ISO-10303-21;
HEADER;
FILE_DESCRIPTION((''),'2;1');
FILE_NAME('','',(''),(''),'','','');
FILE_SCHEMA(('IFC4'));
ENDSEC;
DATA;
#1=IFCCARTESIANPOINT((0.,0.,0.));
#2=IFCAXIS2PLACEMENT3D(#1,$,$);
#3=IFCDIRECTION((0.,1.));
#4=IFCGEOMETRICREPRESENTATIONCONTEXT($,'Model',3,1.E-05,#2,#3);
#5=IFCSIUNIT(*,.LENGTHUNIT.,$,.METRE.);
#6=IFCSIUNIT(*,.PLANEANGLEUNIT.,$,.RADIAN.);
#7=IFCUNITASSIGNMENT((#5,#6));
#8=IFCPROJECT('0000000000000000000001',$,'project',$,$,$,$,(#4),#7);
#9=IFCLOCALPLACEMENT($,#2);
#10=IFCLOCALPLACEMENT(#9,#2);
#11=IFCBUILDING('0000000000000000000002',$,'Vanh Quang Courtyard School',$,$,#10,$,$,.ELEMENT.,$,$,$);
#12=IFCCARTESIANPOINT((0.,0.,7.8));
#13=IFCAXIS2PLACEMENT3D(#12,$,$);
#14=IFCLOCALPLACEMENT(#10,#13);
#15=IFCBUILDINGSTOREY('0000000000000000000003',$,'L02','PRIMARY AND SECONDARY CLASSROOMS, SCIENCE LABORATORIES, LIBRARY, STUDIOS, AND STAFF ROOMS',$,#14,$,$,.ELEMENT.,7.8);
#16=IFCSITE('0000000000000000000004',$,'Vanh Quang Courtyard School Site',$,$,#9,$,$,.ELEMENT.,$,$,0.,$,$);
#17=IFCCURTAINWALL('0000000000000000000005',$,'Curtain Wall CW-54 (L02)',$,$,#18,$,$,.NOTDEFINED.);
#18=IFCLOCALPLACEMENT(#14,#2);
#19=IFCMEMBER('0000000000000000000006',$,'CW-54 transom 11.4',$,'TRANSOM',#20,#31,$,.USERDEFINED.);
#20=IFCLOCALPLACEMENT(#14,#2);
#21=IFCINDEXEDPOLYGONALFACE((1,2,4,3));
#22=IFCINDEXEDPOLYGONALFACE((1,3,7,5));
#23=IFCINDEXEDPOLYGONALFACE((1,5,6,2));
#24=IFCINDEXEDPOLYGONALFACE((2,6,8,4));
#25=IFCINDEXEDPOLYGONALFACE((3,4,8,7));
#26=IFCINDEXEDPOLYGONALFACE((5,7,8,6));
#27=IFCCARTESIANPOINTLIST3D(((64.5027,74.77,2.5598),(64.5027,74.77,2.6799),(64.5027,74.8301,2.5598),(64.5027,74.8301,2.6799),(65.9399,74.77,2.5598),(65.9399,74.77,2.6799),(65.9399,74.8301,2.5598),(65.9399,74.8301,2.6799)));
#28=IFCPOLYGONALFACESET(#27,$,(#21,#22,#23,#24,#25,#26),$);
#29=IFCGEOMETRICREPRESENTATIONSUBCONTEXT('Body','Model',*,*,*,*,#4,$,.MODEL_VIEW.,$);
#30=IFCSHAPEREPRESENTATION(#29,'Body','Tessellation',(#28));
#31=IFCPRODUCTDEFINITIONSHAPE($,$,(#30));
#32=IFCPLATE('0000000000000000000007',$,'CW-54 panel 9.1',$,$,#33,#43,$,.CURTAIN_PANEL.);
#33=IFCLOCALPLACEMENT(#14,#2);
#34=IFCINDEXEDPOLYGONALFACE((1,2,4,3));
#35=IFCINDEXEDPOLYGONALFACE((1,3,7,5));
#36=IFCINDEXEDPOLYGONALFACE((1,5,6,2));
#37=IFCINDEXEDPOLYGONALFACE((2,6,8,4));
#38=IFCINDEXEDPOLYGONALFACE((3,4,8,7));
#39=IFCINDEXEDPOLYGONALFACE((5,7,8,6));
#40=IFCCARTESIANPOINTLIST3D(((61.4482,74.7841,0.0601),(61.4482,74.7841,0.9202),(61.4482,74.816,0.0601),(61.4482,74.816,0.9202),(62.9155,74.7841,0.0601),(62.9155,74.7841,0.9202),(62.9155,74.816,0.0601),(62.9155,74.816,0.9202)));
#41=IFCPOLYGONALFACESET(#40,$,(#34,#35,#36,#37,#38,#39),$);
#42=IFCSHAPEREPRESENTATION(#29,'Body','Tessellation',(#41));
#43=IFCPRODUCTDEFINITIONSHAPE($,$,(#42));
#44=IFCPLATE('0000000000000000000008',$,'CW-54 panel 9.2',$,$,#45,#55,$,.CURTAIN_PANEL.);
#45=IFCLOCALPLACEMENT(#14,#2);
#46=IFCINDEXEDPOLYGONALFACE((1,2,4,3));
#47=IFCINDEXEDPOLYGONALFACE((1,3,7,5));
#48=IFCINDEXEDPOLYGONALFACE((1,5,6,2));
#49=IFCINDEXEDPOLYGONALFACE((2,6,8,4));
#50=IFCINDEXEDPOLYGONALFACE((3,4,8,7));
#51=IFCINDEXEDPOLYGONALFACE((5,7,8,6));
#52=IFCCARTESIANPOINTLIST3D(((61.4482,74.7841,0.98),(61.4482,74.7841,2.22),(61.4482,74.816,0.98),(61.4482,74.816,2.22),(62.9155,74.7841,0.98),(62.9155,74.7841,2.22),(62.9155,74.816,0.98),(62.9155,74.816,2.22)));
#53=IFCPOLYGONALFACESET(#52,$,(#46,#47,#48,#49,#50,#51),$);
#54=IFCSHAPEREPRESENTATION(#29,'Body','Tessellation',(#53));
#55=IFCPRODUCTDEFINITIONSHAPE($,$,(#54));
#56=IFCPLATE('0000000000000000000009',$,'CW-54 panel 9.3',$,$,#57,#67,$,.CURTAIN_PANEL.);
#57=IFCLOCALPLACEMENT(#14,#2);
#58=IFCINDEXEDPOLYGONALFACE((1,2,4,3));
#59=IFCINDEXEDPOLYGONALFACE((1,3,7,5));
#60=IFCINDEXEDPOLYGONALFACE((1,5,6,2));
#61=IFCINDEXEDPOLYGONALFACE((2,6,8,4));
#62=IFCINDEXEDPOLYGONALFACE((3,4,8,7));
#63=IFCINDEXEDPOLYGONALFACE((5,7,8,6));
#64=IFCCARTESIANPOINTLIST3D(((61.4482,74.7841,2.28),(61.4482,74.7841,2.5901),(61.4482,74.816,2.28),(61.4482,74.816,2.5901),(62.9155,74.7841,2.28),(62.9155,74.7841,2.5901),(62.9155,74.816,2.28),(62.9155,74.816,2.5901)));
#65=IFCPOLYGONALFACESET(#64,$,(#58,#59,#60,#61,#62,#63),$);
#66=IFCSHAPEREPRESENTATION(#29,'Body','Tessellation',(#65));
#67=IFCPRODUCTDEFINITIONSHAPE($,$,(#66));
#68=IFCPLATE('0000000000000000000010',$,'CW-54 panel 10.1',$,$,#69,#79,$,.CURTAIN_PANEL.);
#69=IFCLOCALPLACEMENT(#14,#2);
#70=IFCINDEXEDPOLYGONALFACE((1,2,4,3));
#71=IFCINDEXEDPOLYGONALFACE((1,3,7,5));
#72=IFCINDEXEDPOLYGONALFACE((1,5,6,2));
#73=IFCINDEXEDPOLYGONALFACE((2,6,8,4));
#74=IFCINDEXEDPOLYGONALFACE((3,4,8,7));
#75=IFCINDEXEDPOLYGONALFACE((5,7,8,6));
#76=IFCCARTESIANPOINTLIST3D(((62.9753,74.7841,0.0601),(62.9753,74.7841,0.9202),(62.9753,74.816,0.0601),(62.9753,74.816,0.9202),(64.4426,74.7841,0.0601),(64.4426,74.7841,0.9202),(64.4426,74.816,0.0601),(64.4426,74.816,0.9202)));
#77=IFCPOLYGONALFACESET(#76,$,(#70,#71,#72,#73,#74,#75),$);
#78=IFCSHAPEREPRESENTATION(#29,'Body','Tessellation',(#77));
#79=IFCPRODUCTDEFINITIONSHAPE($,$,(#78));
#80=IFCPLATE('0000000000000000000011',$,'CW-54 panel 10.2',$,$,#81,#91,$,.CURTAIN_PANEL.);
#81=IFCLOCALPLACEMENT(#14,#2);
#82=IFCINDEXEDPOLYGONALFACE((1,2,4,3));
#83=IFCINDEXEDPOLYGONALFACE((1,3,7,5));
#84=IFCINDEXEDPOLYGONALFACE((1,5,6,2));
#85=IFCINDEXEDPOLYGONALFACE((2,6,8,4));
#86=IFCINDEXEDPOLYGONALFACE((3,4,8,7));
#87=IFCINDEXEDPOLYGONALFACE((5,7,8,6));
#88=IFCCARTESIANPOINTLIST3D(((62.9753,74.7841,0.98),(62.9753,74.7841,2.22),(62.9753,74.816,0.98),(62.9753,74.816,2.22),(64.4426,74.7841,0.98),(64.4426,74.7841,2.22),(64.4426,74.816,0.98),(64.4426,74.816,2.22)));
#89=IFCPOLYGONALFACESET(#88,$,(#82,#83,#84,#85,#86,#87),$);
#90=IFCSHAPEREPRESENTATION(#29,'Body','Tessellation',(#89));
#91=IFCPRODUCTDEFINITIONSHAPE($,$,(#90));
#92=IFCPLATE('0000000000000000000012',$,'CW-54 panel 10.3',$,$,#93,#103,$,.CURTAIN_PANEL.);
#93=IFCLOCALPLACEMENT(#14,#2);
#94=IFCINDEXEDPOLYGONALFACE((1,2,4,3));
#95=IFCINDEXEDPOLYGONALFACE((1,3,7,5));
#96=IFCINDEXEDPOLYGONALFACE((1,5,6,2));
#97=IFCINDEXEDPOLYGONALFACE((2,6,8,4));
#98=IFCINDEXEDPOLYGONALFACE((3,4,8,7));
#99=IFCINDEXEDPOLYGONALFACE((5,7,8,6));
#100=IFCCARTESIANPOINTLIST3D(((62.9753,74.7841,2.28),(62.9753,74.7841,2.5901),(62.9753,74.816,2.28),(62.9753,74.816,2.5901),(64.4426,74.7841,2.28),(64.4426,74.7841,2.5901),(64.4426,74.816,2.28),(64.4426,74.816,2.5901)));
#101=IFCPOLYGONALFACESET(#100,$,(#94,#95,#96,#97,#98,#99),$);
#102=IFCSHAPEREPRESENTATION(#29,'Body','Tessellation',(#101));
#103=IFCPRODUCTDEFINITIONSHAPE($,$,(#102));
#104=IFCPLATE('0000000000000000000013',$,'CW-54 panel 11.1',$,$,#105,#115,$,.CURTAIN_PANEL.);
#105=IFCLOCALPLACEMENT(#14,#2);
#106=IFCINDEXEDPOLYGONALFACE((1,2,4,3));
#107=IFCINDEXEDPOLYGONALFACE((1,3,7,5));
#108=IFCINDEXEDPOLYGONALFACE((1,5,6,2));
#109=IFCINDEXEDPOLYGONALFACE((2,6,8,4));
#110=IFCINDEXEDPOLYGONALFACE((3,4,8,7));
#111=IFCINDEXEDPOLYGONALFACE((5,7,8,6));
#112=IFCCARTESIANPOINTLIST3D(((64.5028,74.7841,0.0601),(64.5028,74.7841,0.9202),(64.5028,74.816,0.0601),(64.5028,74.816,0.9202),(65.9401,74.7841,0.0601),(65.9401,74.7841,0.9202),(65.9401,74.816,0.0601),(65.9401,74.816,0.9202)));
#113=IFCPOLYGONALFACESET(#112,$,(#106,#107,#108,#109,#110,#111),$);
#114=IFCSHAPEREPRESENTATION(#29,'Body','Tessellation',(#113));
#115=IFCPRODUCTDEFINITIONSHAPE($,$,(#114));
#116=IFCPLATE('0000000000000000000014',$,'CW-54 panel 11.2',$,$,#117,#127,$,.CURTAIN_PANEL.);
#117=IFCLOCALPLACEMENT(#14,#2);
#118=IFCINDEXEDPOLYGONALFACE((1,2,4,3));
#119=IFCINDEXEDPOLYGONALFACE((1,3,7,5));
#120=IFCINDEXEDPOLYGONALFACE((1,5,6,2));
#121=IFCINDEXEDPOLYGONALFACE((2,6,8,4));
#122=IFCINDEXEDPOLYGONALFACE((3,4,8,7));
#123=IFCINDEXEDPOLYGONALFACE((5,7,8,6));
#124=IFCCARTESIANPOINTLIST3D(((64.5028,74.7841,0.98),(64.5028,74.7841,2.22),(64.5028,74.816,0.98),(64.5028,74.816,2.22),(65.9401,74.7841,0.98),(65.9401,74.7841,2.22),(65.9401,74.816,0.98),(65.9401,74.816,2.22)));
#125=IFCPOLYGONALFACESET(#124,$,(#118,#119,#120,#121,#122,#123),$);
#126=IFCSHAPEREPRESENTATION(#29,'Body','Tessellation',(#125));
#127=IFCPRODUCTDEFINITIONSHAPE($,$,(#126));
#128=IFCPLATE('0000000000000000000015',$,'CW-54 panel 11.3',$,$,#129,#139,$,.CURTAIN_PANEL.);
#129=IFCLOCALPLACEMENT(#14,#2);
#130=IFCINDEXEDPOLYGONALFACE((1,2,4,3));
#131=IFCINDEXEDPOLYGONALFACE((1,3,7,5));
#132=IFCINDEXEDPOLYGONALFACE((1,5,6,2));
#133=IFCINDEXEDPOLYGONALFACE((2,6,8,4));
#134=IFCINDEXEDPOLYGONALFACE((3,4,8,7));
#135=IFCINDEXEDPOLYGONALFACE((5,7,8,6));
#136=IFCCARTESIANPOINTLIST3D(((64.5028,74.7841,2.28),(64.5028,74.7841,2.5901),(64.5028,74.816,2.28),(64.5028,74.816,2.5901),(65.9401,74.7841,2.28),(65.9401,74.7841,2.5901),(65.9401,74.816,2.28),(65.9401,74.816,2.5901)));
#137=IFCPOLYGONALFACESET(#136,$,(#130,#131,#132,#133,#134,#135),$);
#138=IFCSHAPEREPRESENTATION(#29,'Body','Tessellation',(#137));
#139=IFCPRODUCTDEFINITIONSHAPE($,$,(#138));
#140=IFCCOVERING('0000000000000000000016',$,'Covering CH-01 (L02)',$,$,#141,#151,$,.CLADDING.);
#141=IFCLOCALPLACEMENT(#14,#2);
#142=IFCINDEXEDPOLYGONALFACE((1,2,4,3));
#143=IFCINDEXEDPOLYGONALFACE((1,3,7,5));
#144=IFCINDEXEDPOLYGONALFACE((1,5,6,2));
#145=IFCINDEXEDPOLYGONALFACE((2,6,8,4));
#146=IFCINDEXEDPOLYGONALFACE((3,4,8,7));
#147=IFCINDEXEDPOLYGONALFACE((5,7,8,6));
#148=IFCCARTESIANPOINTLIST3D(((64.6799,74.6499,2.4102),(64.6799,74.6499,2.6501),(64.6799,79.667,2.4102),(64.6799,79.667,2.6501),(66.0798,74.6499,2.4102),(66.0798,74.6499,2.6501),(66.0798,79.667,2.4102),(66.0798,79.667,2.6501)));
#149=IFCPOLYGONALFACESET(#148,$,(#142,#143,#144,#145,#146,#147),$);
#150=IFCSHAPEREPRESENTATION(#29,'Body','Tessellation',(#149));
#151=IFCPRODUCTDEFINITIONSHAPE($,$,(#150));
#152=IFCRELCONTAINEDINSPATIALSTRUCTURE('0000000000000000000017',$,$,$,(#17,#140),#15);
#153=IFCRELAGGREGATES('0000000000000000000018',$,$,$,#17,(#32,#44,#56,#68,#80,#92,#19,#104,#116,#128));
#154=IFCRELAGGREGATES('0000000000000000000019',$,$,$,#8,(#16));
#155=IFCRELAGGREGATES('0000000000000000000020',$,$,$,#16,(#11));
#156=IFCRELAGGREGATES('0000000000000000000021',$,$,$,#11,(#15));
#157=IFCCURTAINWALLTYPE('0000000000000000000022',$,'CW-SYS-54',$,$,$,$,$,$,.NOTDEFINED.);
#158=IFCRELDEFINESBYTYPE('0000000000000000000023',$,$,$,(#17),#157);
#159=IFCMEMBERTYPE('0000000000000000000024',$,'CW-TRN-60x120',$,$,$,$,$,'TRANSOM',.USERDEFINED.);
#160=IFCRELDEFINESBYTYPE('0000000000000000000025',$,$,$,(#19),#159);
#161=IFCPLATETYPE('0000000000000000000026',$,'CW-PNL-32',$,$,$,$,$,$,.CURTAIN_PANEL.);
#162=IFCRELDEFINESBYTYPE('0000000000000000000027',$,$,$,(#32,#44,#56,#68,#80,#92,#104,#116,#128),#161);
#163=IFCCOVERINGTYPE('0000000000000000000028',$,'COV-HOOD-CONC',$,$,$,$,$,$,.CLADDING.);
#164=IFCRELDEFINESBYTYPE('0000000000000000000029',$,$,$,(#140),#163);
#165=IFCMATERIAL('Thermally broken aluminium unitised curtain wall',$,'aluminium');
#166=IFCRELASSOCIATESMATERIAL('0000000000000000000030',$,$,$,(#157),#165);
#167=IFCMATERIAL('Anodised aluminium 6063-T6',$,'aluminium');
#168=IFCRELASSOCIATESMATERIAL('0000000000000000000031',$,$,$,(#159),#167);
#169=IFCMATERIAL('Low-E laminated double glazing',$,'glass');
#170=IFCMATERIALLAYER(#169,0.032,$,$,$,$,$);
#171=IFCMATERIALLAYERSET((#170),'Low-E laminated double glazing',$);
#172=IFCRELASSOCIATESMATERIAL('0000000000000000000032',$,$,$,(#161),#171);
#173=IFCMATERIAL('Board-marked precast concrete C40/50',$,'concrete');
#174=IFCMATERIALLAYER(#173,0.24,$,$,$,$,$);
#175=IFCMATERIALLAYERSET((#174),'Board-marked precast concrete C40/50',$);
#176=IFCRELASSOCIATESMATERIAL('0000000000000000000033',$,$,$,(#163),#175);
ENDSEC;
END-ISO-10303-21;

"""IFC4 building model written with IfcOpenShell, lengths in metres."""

from ifc_helpers import new_model, si_unit, direction, frame, origin, origin_2d, place, context, subcontext, project, spatial, rectangle, extrude, material, layer, layer_set, material_profile, profile_set, type_object, element, aggregate, save


model = new_model("IFC4")

# Units and contexts
model_context = context("Model", 3, precision=1e-05, world=origin(), true_north=direction((0.0, 1.0)))
body_context = subcontext(model_context, "Body", "Model", "MODEL_VIEW")
ifc_project = project(units=[si_unit("LENGTHUNIT", "METRE"), si_unit("PLANEANGLEUNIT", "RADIAN")], contexts=[model_context])

# Site, building, storey
site_placement = place(None, origin())
site = spatial("IfcSite", under=ifc_project, at=site_placement, Name="Vanh Quang Courtyard School Site", CompositionType="ELEMENT", RefElevation=0.0)
building_placement = place(site_placement, origin())
building = spatial("IfcBuilding", under=site, at=building_placement, Name="Vanh Quang Courtyard School", CompositionType="ELEMENT")
storey_placement = place(building_placement, frame((0.0, 0.0, 7.8)))
storey = spatial("IfcBuildingStorey", under=building, at=storey_placement, Name="L02", Description="PRIMARY AND SECONDARY CLASSROOMS, SCIENCE LABORATORIES, LIBRARY, STUDIOS, AND STAFF ROOMS", CompositionType="ELEMENT", Elevation=7.8)

# Curtain wall, member, plates
ifc_material_1 = material(Name="Thermally broken aluminium unitised curtain wall", Category="aluminium")
curtain_wall_type = type_object("IfcCurtainWallType", Name="CW-SYS-54", PredefinedType="NOTDEFINED", material=ifc_material_1)
curtain_wall_placement = place(storey_placement, origin())
curtain_wall = element("IfcCurtainWall", 1, at=curtain_wall_placement, inside=storey, type_object=curtain_wall_type, Name="Curtain Wall CW-54 (L02)", PredefinedType="NOTDEFINED")
ifc_material_2 = material(Name="Anodised aluminium 6063-T6", Category="aluminium")
ifc_material_profile_1 = material_profile(ifc_material_2, rectangle(XDim=0.0601, YDim=0.1201, at=origin_2d()), Name="ALU-TRN 60x120")
ifc_profile_set_1 = profile_set([ifc_material_profile_1], Name="Anodised aluminium 6063-T6")
member_type_1 = type_object("IfcMemberType", Name="CW-TRN-60x120", ElementType="TRANSOM", PredefinedType="USERDEFINED", material=ifc_profile_set_1)
member_1_placement = place(storey_placement, frame((64.5027, 74.8, 2.6199), z_axis=(1.0, 0.0, 0.0), x_axis=(0.0, 1.0, 0.0)))
member_1 = element("IfcMember", 2, at=member_1_placement, type_object=member_type_1, Name="CW-54 transom 11.4", ObjectType="TRANSOM", PredefinedType="USERDEFINED", context=body_context, shape_type="SweptSolid", body=[
    extrude(rectangle(XDim=0.0601, YDim=0.1201, at=origin_2d()), origin(), (0.0, 0.0, 1.0), 1.4373),
])
ifc_material_3 = material(Name="Low-E laminated double glazing", Category="glass")
ifc_layer_1 = layer(ifc_material_3, 0.032)
ifc_layer_set_1 = layer_set([ifc_layer_1], Name="Low-E laminated double glazing")
plate_type = type_object("IfcPlateType", Name="CW-PNL-32", PredefinedType="CURTAIN_PANEL", material=ifc_layer_set_1)
plate_1_placement = place(storey_placement, frame((62.1819, 74.8, 0.0601), z_axis=(0.0, 0.0, 1.0), x_axis=(1.0, 0.0, 0.0)))
plate_1 = element("IfcPlate", 3, at=plate_1_placement, type_object=plate_type, Name="CW-54 panel 9.1", PredefinedType="CURTAIN_PANEL", context=body_context, shape_type="SweptSolid", body=[
    extrude(rectangle(XDim=1.4673, YDim=0.032, at=origin_2d()), origin(), (0.0, 0.0, 1.0), 0.8601),
])
plate_2_placement = place(storey_placement, frame((62.1819, 74.8, 0.98), z_axis=(0.0, 0.0, 1.0), x_axis=(1.0, 0.0, 0.0)))
plate_2 = element("IfcPlate", 4, at=plate_2_placement, type_object=plate_type, Name="CW-54 panel 9.2", PredefinedType="CURTAIN_PANEL", context=body_context, shape_type="SweptSolid", body=[
    extrude(rectangle(XDim=1.4673, YDim=0.032, at=origin_2d()), origin(), (0.0, 0.0, 1.0), 1.24),
])
plate_3_placement = place(storey_placement, frame((62.1819, 74.8, 2.28), z_axis=(0.0, 0.0, 1.0), x_axis=(1.0, 0.0, 0.0)))
plate_3 = element("IfcPlate", 5, at=plate_3_placement, type_object=plate_type, Name="CW-54 panel 9.3", PredefinedType="CURTAIN_PANEL", context=body_context, shape_type="SweptSolid", body=[
    extrude(rectangle(XDim=1.4673, YDim=0.032, at=origin_2d()), origin(), (0.0, 0.0, 1.0), 0.3101),
])
plate_4_placement = place(storey_placement, frame((63.709, 74.8, 0.0601), z_axis=(0.0, 0.0, 1.0), x_axis=(1.0, 0.0, 0.0)))
plate_4 = element("IfcPlate", 6, at=plate_4_placement, type_object=plate_type, Name="CW-54 panel 10.1", PredefinedType="CURTAIN_PANEL", context=body_context, shape_type="SweptSolid", body=[
    extrude(rectangle(XDim=1.4673, YDim=0.032, at=origin_2d()), origin(), (0.0, 0.0, 1.0), 0.8601),
])
plate_5_placement = place(storey_placement, frame((63.709, 74.8, 0.98), z_axis=(0.0, 0.0, 1.0), x_axis=(1.0, 0.0, 0.0)))
plate_5 = element("IfcPlate", 7, at=plate_5_placement, type_object=plate_type, Name="CW-54 panel 10.2", PredefinedType="CURTAIN_PANEL", context=body_context, shape_type="SweptSolid", body=[
    extrude(rectangle(XDim=1.4673, YDim=0.032, at=origin_2d()), origin(), (0.0, 0.0, 1.0), 1.24),
])
plate_6_placement = place(storey_placement, frame((63.709, 74.8, 2.28), z_axis=(0.0, 0.0, 1.0), x_axis=(1.0, 0.0, 0.0)))
plate_6 = element("IfcPlate", 8, at=plate_6_placement, type_object=plate_type, Name="CW-54 panel 10.3", PredefinedType="CURTAIN_PANEL", context=body_context, shape_type="SweptSolid", body=[
    extrude(rectangle(XDim=1.4673, YDim=0.032, at=origin_2d()), origin(), (0.0, 0.0, 1.0), 0.3101),
])
plate_7_placement = place(storey_placement, frame((65.2214, 74.8, 0.0601), z_axis=(0.0, 0.0, 1.0), x_axis=(1.0, 0.0, 0.0)))
plate_7 = element("IfcPlate", 9, at=plate_7_placement, type_object=plate_type, Name="CW-54 panel 11.1", PredefinedType="CURTAIN_PANEL", context=body_context, shape_type="SweptSolid", body=[
    extrude(rectangle(XDim=1.4373, YDim=0.032, at=origin_2d()), origin(), (0.0, 0.0, 1.0), 0.8601),
])
plate_8_placement = place(storey_placement, frame((65.2214, 74.8, 0.98), z_axis=(0.0, 0.0, 1.0), x_axis=(1.0, 0.0, 0.0)))
plate_8 = element("IfcPlate", 10, at=plate_8_placement, type_object=plate_type, Name="CW-54 panel 11.2", PredefinedType="CURTAIN_PANEL", context=body_context, shape_type="SweptSolid", body=[
    extrude(rectangle(XDim=1.4373, YDim=0.032, at=origin_2d()), origin(), (0.0, 0.0, 1.0), 1.24),
])
plate_9_placement = place(storey_placement, frame((65.2214, 74.8, 2.28), z_axis=(0.0, 0.0, 1.0), x_axis=(1.0, 0.0, 0.0)))
plate_9 = element("IfcPlate", 11, at=plate_9_placement, type_object=plate_type, Name="CW-54 panel 11.3", PredefinedType="CURTAIN_PANEL", context=body_context, shape_type="SweptSolid", body=[
    extrude(rectangle(XDim=1.4373, YDim=0.032, at=origin_2d()), origin(), (0.0, 0.0, 1.0), 0.3101),
])
aggregate(curtain_wall, [plate_1, plate_2, plate_3, plate_4, plate_5, plate_6, member_1, plate_7, plate_8, plate_9])

# Covering
ifc_material_4 = material(Name="Board-marked precast concrete C40/50", Category="concrete")
ifc_layer_2 = layer(ifc_material_4, 0.24)
ifc_layer_set_2 = layer_set([ifc_layer_2], Name="Board-marked precast concrete C40/50")
covering_type = type_object("IfcCoveringType", Name="COV-HOOD-CONC", PredefinedType="CLADDING", material=ifc_layer_set_2)
covering_placement = place(storey_placement, frame((65.3799, 77.1584, 2.4102), z_axis=(0.0, 0.0, 1.0), x_axis=(0.0, 1.0, 0.0)))
element("IfcCovering", 12, at=covering_placement, inside=storey, type_object=covering_type, Name="Covering CH-01 (L02)", PredefinedType="CLADDING", context=body_context, shape_type="SweptSolid", body=[
    extrude(rectangle(XDim=5.0171, YDim=1.3999, at=origin_2d()), origin(), (0.0, 0.0, 1.0), 0.24),
])

save(model, "model.ifc")
